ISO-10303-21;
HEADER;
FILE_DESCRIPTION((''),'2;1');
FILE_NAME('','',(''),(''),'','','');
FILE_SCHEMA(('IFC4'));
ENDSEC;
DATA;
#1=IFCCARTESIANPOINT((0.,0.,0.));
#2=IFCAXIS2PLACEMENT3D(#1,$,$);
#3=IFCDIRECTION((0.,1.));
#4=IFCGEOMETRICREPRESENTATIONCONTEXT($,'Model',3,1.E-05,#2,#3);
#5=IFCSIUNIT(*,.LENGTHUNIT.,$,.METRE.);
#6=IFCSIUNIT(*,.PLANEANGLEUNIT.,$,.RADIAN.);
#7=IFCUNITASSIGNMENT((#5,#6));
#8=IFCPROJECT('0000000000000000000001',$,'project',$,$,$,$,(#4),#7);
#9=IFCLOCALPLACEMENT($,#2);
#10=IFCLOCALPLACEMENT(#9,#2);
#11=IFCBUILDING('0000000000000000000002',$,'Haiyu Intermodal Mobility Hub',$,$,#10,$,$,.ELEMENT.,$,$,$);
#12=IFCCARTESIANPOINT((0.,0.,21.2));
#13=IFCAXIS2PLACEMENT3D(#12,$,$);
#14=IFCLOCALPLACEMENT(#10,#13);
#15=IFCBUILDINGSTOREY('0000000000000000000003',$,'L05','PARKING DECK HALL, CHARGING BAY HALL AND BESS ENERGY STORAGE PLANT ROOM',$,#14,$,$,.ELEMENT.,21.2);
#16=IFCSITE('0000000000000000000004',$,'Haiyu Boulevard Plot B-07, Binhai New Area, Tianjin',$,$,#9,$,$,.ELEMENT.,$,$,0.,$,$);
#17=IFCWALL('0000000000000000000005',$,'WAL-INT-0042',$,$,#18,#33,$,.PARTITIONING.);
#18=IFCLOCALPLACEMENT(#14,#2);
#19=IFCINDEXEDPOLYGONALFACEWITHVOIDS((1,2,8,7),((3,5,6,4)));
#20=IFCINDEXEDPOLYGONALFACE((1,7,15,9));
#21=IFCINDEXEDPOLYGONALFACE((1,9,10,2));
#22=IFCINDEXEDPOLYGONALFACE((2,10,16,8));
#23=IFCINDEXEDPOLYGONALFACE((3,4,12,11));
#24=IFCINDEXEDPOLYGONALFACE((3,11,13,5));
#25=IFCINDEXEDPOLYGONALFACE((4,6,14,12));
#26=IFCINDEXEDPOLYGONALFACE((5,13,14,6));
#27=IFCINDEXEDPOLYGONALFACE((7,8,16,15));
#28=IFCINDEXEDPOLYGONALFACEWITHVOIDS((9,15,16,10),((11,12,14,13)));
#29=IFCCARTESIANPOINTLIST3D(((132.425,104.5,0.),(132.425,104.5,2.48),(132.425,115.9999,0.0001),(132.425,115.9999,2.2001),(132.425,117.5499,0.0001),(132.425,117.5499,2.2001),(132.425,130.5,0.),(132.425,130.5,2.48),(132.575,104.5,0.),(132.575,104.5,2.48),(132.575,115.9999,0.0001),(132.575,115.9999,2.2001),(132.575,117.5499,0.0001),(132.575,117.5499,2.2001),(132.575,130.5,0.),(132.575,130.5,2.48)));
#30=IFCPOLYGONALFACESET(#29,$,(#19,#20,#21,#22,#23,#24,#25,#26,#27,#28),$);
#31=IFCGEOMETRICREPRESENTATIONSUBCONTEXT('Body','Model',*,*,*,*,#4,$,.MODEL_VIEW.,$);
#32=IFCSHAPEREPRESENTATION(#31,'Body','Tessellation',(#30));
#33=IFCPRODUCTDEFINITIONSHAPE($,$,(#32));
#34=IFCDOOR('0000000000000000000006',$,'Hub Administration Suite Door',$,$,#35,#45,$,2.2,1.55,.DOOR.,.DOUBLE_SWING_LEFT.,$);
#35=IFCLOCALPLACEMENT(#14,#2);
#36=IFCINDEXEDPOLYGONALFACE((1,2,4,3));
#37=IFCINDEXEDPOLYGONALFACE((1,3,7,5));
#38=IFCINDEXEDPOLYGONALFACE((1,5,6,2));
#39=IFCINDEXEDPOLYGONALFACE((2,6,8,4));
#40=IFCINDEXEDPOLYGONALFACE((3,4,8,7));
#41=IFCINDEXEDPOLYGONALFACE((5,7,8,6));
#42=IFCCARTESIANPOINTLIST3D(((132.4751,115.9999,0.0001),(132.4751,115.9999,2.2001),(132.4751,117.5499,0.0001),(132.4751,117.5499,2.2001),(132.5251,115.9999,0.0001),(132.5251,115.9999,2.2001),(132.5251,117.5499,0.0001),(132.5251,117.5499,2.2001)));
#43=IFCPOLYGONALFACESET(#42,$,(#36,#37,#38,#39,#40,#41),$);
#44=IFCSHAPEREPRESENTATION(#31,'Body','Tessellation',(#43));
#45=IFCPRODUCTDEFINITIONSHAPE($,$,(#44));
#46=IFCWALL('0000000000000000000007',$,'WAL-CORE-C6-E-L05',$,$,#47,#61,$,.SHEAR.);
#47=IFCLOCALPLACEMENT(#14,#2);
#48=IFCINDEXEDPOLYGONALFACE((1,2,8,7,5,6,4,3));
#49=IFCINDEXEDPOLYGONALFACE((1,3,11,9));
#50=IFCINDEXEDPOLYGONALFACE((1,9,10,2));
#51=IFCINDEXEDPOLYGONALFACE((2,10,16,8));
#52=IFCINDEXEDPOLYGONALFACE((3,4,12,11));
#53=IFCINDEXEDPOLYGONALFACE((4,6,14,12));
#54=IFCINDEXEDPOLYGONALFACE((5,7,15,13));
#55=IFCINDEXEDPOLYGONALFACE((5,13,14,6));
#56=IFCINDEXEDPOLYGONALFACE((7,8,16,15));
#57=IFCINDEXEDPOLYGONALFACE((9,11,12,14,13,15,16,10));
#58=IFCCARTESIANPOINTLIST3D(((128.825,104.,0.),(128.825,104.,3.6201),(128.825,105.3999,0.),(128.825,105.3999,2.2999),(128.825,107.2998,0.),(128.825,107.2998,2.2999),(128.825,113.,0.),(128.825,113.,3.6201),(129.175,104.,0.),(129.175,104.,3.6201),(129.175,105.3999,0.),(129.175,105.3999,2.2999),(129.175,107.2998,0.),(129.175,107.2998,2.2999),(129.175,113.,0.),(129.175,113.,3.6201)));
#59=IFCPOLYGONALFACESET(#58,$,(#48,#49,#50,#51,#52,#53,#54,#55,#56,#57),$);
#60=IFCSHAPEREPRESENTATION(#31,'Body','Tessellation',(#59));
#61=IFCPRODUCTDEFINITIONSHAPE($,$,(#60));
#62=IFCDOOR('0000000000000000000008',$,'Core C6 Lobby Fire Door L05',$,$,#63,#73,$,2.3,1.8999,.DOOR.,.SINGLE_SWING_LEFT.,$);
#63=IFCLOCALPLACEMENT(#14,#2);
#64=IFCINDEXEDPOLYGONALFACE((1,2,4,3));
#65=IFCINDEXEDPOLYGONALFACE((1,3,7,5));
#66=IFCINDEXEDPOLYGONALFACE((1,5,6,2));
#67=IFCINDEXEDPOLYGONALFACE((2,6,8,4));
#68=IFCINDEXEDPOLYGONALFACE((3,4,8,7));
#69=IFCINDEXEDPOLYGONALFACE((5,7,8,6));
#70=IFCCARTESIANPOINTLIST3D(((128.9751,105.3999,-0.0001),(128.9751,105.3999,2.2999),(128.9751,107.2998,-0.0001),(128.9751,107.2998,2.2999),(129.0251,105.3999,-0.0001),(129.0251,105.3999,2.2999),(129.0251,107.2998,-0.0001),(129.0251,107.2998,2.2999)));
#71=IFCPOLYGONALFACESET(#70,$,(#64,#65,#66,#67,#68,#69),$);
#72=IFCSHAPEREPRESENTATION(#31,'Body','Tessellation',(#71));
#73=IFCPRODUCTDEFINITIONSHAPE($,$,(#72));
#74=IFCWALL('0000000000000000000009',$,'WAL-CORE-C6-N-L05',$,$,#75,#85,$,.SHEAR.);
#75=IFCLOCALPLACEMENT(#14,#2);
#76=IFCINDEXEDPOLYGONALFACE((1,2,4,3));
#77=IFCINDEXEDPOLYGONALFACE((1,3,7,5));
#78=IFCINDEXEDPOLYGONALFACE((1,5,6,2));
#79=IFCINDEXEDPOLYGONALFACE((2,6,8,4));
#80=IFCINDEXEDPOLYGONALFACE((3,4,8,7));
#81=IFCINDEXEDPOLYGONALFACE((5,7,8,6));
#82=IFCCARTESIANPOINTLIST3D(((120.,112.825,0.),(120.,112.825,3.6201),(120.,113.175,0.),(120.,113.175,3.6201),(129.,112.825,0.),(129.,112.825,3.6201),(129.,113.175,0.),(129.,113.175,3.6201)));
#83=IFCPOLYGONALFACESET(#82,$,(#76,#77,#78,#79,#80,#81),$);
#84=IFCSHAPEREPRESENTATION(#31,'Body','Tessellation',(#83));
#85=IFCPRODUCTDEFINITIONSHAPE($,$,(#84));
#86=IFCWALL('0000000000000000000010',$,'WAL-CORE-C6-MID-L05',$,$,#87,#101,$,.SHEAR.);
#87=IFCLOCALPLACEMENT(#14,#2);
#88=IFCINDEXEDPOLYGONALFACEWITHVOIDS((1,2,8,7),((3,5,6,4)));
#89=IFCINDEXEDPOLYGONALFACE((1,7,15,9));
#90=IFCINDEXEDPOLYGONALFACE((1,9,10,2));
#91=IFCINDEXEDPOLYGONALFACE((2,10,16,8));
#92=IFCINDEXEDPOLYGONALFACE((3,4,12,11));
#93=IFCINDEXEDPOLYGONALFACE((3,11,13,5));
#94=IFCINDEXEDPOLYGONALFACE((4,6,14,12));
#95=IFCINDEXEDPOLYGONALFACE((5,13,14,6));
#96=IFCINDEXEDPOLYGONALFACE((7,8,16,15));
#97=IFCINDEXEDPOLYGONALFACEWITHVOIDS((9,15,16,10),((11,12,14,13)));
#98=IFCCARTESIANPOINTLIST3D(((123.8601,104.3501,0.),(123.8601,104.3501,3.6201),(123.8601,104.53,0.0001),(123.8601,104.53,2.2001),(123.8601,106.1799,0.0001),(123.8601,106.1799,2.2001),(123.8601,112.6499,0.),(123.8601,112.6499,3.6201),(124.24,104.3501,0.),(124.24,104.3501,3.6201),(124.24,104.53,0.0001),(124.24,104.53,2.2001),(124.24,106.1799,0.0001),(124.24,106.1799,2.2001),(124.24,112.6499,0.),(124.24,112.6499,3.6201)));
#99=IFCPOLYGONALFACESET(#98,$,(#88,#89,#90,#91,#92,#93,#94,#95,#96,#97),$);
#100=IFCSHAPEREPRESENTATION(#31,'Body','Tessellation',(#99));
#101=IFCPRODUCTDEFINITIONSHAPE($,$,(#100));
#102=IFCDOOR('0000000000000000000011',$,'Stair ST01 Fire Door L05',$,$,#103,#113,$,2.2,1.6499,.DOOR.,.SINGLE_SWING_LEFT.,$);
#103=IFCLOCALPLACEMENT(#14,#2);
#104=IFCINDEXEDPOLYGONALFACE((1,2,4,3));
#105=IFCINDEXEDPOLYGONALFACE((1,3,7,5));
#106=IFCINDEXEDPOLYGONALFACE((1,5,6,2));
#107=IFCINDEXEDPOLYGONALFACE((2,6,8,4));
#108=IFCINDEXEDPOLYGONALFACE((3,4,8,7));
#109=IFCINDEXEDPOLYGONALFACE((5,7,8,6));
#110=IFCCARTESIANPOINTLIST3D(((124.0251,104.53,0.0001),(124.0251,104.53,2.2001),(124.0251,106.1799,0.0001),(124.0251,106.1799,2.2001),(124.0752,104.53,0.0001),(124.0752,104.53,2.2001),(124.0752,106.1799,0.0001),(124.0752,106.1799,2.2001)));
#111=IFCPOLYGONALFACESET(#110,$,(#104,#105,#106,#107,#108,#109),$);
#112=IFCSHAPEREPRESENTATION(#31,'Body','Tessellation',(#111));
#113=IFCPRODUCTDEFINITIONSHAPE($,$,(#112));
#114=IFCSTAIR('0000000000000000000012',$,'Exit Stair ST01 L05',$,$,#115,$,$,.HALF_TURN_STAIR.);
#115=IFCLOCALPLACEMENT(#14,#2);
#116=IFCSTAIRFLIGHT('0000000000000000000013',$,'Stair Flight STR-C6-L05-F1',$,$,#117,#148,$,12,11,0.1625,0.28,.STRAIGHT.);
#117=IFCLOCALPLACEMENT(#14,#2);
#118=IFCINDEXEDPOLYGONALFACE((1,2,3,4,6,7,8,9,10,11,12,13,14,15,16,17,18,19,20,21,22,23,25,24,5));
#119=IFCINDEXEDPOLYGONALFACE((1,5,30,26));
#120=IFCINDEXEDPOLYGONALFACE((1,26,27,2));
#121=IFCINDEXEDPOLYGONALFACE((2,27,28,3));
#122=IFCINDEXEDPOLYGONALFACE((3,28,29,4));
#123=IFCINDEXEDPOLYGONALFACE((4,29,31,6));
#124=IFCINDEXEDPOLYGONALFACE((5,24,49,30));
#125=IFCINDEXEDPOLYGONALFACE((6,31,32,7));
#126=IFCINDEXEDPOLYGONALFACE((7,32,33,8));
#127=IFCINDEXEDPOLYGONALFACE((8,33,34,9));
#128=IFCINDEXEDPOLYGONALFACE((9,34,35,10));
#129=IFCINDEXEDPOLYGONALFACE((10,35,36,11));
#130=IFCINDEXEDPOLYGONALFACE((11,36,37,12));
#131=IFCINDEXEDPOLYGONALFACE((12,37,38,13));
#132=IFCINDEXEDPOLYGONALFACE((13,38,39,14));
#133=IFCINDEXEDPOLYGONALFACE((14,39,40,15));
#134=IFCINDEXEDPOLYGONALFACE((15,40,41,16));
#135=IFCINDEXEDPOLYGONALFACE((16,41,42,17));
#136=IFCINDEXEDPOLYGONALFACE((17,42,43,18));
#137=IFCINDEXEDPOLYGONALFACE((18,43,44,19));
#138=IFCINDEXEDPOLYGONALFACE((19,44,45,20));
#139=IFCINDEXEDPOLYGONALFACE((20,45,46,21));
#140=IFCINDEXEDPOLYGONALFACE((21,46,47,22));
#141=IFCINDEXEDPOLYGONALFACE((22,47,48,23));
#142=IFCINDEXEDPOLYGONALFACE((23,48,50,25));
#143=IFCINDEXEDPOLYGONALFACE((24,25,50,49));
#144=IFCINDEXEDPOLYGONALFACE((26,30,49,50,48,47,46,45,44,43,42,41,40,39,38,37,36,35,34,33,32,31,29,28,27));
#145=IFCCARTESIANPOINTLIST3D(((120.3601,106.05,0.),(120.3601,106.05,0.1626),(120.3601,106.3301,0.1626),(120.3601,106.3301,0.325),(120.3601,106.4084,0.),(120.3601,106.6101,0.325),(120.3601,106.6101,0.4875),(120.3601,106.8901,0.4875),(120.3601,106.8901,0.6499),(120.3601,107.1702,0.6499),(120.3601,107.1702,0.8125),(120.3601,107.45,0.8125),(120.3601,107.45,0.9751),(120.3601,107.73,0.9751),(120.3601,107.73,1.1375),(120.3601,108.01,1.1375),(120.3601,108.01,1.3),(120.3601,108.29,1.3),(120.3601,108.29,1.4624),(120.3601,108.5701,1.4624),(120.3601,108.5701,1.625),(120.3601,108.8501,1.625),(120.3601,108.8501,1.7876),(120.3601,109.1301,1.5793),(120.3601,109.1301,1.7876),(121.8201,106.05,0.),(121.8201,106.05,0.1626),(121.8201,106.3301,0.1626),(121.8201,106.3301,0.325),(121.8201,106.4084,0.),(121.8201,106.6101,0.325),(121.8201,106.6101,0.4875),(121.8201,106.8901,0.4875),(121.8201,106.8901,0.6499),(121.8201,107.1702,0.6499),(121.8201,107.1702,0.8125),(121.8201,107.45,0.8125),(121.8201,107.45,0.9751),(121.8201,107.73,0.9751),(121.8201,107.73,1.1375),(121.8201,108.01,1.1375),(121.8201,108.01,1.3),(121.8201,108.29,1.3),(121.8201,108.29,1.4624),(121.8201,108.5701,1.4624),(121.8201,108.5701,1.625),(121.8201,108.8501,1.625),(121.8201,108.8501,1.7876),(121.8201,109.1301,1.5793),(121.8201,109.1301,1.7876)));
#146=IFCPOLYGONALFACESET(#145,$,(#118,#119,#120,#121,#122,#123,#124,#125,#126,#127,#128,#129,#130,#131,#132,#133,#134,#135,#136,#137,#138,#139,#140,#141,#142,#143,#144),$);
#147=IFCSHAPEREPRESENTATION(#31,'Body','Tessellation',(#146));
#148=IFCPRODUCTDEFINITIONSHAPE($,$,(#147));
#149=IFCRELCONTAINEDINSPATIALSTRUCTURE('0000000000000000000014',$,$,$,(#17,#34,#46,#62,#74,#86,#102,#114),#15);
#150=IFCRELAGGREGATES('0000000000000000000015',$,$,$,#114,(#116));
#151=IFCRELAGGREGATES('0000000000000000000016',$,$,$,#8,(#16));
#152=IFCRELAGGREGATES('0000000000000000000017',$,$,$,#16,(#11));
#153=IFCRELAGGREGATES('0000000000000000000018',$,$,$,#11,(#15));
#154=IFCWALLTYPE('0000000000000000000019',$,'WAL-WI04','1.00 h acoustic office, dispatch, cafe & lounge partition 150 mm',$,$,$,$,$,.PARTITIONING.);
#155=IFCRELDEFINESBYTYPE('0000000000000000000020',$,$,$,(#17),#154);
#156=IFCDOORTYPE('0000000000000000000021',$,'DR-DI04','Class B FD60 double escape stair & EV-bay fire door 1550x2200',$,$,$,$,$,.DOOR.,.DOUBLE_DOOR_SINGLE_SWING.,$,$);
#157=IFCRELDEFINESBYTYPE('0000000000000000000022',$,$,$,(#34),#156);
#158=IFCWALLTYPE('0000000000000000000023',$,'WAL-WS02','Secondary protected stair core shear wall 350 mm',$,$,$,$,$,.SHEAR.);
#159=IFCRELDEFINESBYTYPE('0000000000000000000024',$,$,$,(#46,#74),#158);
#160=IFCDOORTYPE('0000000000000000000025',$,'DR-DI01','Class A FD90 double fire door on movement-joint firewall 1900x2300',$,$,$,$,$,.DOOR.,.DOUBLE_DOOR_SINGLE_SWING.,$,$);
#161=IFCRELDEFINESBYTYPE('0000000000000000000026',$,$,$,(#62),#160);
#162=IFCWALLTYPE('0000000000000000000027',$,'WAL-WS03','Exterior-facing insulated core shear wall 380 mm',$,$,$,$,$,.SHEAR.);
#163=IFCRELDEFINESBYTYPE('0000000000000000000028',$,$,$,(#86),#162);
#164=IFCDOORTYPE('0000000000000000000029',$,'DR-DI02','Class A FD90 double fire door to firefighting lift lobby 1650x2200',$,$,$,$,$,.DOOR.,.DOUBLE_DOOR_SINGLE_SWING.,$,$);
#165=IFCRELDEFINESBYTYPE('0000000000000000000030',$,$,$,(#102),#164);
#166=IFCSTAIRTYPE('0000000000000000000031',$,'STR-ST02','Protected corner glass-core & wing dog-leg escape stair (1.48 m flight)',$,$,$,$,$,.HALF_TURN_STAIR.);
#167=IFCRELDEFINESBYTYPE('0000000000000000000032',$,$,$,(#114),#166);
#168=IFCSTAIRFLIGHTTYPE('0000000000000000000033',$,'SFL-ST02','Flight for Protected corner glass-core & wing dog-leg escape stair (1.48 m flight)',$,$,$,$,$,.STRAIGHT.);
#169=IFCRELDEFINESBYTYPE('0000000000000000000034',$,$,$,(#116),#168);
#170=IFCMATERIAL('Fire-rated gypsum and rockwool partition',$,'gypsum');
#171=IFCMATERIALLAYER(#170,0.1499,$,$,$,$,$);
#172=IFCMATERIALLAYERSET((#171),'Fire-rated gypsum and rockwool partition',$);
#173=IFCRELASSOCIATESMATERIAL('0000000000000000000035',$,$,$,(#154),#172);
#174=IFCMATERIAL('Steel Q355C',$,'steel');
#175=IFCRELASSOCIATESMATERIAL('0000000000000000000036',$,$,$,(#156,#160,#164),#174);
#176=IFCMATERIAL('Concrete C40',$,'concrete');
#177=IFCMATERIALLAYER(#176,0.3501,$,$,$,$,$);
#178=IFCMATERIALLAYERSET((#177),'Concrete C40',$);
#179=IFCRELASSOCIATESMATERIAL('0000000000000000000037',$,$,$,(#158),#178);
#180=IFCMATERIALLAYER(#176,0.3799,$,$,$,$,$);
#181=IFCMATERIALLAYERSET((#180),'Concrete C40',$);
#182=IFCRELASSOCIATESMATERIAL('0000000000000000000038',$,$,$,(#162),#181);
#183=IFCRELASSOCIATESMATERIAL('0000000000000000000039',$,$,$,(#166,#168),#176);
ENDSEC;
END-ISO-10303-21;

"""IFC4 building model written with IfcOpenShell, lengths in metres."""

from ifc_helpers import new_model, si_unit, direction, frame, frame_2d, origin, place, context, subcontext, project, spatial, polyline, rectangle, outline, extrude, material, layer, layer_set, type_object, element, fill, aggregate, save


model = new_model("IFC4")

# Units and contexts
model_context = context("Model", 3, precision=1e-05, world=origin(), true_north=direction((0.0, 1.0)))
body_context = subcontext(model_context, "Body", "Model", "MODEL_VIEW")
ifc_project = project(units=[si_unit("LENGTHUNIT", "METRE"), si_unit("PLANEANGLEUNIT", "RADIAN")], contexts=[model_context])

# Site, building, storey
site_placement = place(None, origin())
site = spatial("IfcSite", under=ifc_project, at=site_placement, Name="Haiyu Boulevard Plot B-07, Binhai New Area, Tianjin", CompositionType="ELEMENT", RefElevation=0.0)
building_placement = place(site_placement, origin())
building = spatial("IfcBuilding", under=site, at=building_placement, Name="Haiyu Intermodal Mobility Hub", CompositionType="ELEMENT")
storey_placement = place(building_placement, frame((0.0, 0.0, 21.2)))
storey = spatial("IfcBuildingStorey", under=building, at=storey_placement, Name="L05", Description="PARKING DECK HALL, CHARGING BAY HALL AND BESS ENERGY STORAGE PLANT ROOM", CompositionType="ELEMENT", Elevation=21.2)

# Shared definitions
ifc_material_1 = material(Name="Concrete C40", Category="concrete")

# Shared definitions
ifc_material_2 = material(Name="Steel Q355C", Category="steel")

# Walls, openings, doors
ifc_material_3 = material(Name="Fire-rated gypsum and rockwool partition", Category="gypsum")
ifc_layer_1 = layer(ifc_material_3, 0.1499)
ifc_layer_set_1 = layer_set([ifc_layer_1], Name="Fire-rated gypsum and rockwool partition")
wall_type_1 = type_object("IfcWallType", Name="WAL-WI04", Description="1.00 h acoustic office, dispatch, cafe & lounge partition 150 mm", PredefinedType="PARTITIONING", material=ifc_layer_set_1)
wall_1_placement = place(storey_placement, frame((132.5, 104.5, 0.0), z_axis=(0.0, 0.0, 1.0), x_axis=(0.0, 1.0, 0.0)))
wall_1 = element("IfcWall", 1, at=wall_1_placement, inside=storey, type_object=wall_type_1, Name="WAL-INT-0042", PredefinedType="PARTITIONING", context=body_context, shape_type="SweptSolid", body=[
    extrude(rectangle(XDim=26.0, YDim=0.1499, at=frame_2d((13.0, 0.0))), origin(), (0.0, 0.0, 1.0), 2.48),
])
opening_1_placement = place(wall_1_placement, frame((11.5, 0.0, 0.0)))
opening_1 = element("IfcOpeningElement", 2, at=opening_1_placement, cuts=wall_1, PredefinedType="OPENING", context=body_context, shape_type="SweptSolid", body=[
    extrude(rectangle(XDim=1.55, YDim=2.2, at=frame_2d((0.7749, 1.1001))), frame((0.0, 0.085, 0.0), z_axis=(0.0, -1.0, 0.0), x_axis=(1.0, 0.0, 0.0)), (0.0, 0.0, 1.0), 0.1699),
])
door_type_1 = type_object("IfcDoorType", Name="DR-DI04", Description="Class B FD60 double escape stair & EV-bay fire door 1550x2200", OperationType="DOUBLE_DOOR_SINGLE_SWING", PredefinedType="DOOR", material=ifc_material_2)
door_1_placement = place(opening_1_placement, origin())
door_1 = element("IfcDoor", 3, at=door_1_placement, inside=storey, type_object=door_type_1, Name="Hub Administration Suite Door", OperationType="DOUBLE_SWING_LEFT", OverallHeight=2.2, OverallWidth=1.55, PredefinedType="DOOR", context=body_context, shape_type="SweptSolid", body=[
    extrude(rectangle(XDim=1.55, YDim=2.2, at=frame_2d((0.7749, 1.1001))), frame((0.0, 0.0249, 0.0), z_axis=(0.0, -1.0, 0.0), x_axis=(1.0, 0.0, 0.0)), (0.0, 0.0, 1.0), 0.05),
])
fill(opening_1, door_1)
ifc_layer_2 = layer(ifc_material_1, 0.3501)
ifc_layer_set_2 = layer_set([ifc_layer_2], Name="Concrete C40")
wall_type_2 = type_object("IfcWallType", Name="WAL-WS02", Description="Secondary protected stair core shear wall 350 mm", PredefinedType="SHEAR", material=ifc_layer_set_2)
wall_2_placement = place(storey_placement, frame((129.0, 104.0, 0.0), z_axis=(0.0, 0.0, 1.0), x_axis=(0.0, 1.0, 0.0)))
wall_2 = element("IfcWall", 4, at=wall_2_placement, inside=storey, type_object=wall_type_2, Name="WAL-CORE-C6-E-L05", PredefinedType="SHEAR", context=body_context, shape_type="SweptSolid", body=[
    extrude(rectangle(XDim=9.0, YDim=0.3501, at=frame_2d((4.5, 0.0))), origin(), (0.0, 0.0, 1.0), 3.6201),
])
opening_2_placement = place(wall_2_placement, frame((1.3999, 0.0, 0.0)))
opening_2 = element("IfcOpeningElement", 5, at=opening_2_placement, cuts=wall_2, PredefinedType="OPENING", context=body_context, shape_type="SweptSolid", body=[
    extrude(rectangle(XDim=1.8999, YDim=2.3, at=frame_2d((0.95, 1.1499))), frame((0.0, 0.1851, 0.0), z_axis=(0.0, -1.0, 0.0), x_axis=(1.0, 0.0, 0.0)), (0.0, 0.0, 1.0), 0.3701),
])
door_type_2 = type_object("IfcDoorType", Name="DR-DI01", Description="Class A FD90 double fire door on movement-joint firewall 1900x2300", OperationType="DOUBLE_DOOR_SINGLE_SWING", PredefinedType="DOOR", material=ifc_material_2)
door_2_placement = place(opening_2_placement, origin())
door_2 = element("IfcDoor", 6, at=door_2_placement, inside=storey, type_object=door_type_2, Name="Core C6 Lobby Fire Door L05", OperationType="SINGLE_SWING_LEFT", OverallHeight=2.3, OverallWidth=1.8999, PredefinedType="DOOR", context=body_context, shape_type="SweptSolid", body=[
    extrude(rectangle(XDim=1.8999, YDim=2.3, at=frame_2d((0.95, 1.1499))), frame((0.0, 0.0249, 0.0), z_axis=(0.0, -1.0, 0.0), x_axis=(1.0, 0.0, 0.0)), (0.0, 0.0, 1.0), 0.05),
])
fill(opening_2, door_2)

# Wall
wall_3_placement = place(storey_placement, frame((129.0, 113.0, 0.0), z_axis=(0.0, 0.0, 1.0), x_axis=(-1.0, 0.0, 0.0)))
element("IfcWall", 7, at=wall_3_placement, inside=storey, type_object=wall_type_2, Name="WAL-CORE-C6-N-L05", PredefinedType="SHEAR", context=body_context, shape_type="SweptSolid", body=[
    extrude(rectangle(XDim=9.0, YDim=0.3501, at=frame_2d((4.5, 0.0))), origin(), (0.0, 0.0, 1.0), 3.6201),
])

# Wall, opening, door
ifc_layer_3 = layer(ifc_material_1, 0.3799)
ifc_layer_set_3 = layer_set([ifc_layer_3], Name="Concrete C40")
wall_type_3 = type_object("IfcWallType", Name="WAL-WS03", Description="Exterior-facing insulated core shear wall 380 mm", PredefinedType="SHEAR", material=ifc_layer_set_3)
wall_4_placement = place(storey_placement, frame((124.05, 104.3501, 0.0), z_axis=(0.0, 0.0, 1.0), x_axis=(0.0, 1.0, 0.0)))
wall_4 = element("IfcWall", 8, at=wall_4_placement, inside=storey, type_object=wall_type_3, Name="WAL-CORE-C6-MID-L05", PredefinedType="SHEAR", context=body_context, shape_type="SweptSolid", body=[
    extrude(rectangle(XDim=8.2998, YDim=0.3799, at=frame_2d((4.1499, 0.0))), origin(), (0.0, 0.0, 1.0), 3.6201),
])
opening_3_placement = place(wall_4_placement, frame((0.1799, 0.0, 0.0)))
opening_3 = element("IfcOpeningElement", 9, at=opening_3_placement, cuts=wall_4, PredefinedType="OPENING", context=body_context, shape_type="SweptSolid", body=[
    extrude(rectangle(XDim=1.6499, YDim=2.2, at=frame_2d((0.825, 1.1001))), frame((0.0, 0.2, 0.0), z_axis=(0.0, -1.0, 0.0), x_axis=(1.0, 0.0, 0.0)), (0.0, 0.0, 1.0), 0.3999),
])
door_type_3 = type_object("IfcDoorType", Name="DR-DI02", Description="Class A FD90 double fire door to firefighting lift lobby 1650x2200", OperationType="DOUBLE_DOOR_SINGLE_SWING", PredefinedType="DOOR", material=ifc_material_2)
door_3_placement = place(opening_3_placement, origin())
door_3 = element("IfcDoor", 10, at=door_3_placement, inside=storey, type_object=door_type_3, Name="Stair ST01 Fire Door L05", OperationType="SINGLE_SWING_LEFT", OverallHeight=2.2, OverallWidth=1.6499, PredefinedType="DOOR", context=body_context, shape_type="SweptSolid", body=[
    extrude(rectangle(XDim=1.6499, YDim=2.2, at=frame_2d((0.825, 1.1001))), frame((0.0, 0.0249, 0.0), z_axis=(0.0, -1.0, 0.0), x_axis=(1.0, 0.0, 0.0)), (0.0, 0.0, 1.0), 0.05),
])
fill(opening_3, door_3)

# Stair, stair flight
stair_type = type_object("IfcStairType", Name="STR-ST02", Description="Protected corner glass-core & wing dog-leg escape stair (1.48 m flight)", PredefinedType="HALF_TURN_STAIR", material=ifc_material_1)
stair_placement = place(storey_placement, origin())
stair = element("IfcStair", 11, at=stair_placement, inside=storey, type_object=stair_type, Name="Exit Stair ST01 L05", PredefinedType="HALF_TURN_STAIR")
stair_flight_type = type_object("IfcStairFlightType", Name="SFL-ST02", Description="Flight for Protected corner glass-core & wing dog-leg escape stair (1.48 m flight)", PredefinedType="STRAIGHT", material=ifc_material_1)
stair_flight_1_placement = place(storey_placement, frame((121.0901, 106.05, 0.0), z_axis=(0.0, 0.0, 1.0), x_axis=(0.0, 1.0, 0.0)))
stair_flight_1 = element("IfcStairFlight", 12, at=stair_flight_1_placement, type_object=stair_flight_type, Name="Stair Flight STR-C6-L05-F1", NumberOfRisers=12, NumberOfTreads=11, PredefinedType="STRAIGHT", RiserHeight=0.1625, TreadLength=0.28, context=body_context, shape_type="SweptSolid", body=[
    extrude(outline(polyline([(0.0, 0.0), (0.0, 0.1626), (0.28, 0.1626), (0.28, 0.325), (0.5601, 0.325), (0.5601, 0.4875), (0.8401, 0.4875), (0.8401, 0.6499), (1.1201, 0.6499), (1.1201, 0.8125), (1.3999, 0.8125), (1.3999, 0.9751), (1.6799, 0.9751), (1.6799, 1.1375), (1.96, 1.1375), (1.96, 1.3), (2.24, 1.3), (2.24, 1.4624), (2.52, 1.4624), (2.52, 1.625), (2.8, 1.625), (2.8, 1.7876), (3.0801, 1.7876), (3.0801, 1.95), (3.0801, 1.5793), (0.3584, 0.0), (0.0, 0.0)])), frame((0.0, 0.73, 0.0), z_axis=(0.0, -1.0, 0.0), x_axis=(1.0, 0.0, 0.0)), (0.0, 0.0, 1.0), 1.46),
])
aggregate(stair, [stair_flight_1])

save(model, "model.ifc")
